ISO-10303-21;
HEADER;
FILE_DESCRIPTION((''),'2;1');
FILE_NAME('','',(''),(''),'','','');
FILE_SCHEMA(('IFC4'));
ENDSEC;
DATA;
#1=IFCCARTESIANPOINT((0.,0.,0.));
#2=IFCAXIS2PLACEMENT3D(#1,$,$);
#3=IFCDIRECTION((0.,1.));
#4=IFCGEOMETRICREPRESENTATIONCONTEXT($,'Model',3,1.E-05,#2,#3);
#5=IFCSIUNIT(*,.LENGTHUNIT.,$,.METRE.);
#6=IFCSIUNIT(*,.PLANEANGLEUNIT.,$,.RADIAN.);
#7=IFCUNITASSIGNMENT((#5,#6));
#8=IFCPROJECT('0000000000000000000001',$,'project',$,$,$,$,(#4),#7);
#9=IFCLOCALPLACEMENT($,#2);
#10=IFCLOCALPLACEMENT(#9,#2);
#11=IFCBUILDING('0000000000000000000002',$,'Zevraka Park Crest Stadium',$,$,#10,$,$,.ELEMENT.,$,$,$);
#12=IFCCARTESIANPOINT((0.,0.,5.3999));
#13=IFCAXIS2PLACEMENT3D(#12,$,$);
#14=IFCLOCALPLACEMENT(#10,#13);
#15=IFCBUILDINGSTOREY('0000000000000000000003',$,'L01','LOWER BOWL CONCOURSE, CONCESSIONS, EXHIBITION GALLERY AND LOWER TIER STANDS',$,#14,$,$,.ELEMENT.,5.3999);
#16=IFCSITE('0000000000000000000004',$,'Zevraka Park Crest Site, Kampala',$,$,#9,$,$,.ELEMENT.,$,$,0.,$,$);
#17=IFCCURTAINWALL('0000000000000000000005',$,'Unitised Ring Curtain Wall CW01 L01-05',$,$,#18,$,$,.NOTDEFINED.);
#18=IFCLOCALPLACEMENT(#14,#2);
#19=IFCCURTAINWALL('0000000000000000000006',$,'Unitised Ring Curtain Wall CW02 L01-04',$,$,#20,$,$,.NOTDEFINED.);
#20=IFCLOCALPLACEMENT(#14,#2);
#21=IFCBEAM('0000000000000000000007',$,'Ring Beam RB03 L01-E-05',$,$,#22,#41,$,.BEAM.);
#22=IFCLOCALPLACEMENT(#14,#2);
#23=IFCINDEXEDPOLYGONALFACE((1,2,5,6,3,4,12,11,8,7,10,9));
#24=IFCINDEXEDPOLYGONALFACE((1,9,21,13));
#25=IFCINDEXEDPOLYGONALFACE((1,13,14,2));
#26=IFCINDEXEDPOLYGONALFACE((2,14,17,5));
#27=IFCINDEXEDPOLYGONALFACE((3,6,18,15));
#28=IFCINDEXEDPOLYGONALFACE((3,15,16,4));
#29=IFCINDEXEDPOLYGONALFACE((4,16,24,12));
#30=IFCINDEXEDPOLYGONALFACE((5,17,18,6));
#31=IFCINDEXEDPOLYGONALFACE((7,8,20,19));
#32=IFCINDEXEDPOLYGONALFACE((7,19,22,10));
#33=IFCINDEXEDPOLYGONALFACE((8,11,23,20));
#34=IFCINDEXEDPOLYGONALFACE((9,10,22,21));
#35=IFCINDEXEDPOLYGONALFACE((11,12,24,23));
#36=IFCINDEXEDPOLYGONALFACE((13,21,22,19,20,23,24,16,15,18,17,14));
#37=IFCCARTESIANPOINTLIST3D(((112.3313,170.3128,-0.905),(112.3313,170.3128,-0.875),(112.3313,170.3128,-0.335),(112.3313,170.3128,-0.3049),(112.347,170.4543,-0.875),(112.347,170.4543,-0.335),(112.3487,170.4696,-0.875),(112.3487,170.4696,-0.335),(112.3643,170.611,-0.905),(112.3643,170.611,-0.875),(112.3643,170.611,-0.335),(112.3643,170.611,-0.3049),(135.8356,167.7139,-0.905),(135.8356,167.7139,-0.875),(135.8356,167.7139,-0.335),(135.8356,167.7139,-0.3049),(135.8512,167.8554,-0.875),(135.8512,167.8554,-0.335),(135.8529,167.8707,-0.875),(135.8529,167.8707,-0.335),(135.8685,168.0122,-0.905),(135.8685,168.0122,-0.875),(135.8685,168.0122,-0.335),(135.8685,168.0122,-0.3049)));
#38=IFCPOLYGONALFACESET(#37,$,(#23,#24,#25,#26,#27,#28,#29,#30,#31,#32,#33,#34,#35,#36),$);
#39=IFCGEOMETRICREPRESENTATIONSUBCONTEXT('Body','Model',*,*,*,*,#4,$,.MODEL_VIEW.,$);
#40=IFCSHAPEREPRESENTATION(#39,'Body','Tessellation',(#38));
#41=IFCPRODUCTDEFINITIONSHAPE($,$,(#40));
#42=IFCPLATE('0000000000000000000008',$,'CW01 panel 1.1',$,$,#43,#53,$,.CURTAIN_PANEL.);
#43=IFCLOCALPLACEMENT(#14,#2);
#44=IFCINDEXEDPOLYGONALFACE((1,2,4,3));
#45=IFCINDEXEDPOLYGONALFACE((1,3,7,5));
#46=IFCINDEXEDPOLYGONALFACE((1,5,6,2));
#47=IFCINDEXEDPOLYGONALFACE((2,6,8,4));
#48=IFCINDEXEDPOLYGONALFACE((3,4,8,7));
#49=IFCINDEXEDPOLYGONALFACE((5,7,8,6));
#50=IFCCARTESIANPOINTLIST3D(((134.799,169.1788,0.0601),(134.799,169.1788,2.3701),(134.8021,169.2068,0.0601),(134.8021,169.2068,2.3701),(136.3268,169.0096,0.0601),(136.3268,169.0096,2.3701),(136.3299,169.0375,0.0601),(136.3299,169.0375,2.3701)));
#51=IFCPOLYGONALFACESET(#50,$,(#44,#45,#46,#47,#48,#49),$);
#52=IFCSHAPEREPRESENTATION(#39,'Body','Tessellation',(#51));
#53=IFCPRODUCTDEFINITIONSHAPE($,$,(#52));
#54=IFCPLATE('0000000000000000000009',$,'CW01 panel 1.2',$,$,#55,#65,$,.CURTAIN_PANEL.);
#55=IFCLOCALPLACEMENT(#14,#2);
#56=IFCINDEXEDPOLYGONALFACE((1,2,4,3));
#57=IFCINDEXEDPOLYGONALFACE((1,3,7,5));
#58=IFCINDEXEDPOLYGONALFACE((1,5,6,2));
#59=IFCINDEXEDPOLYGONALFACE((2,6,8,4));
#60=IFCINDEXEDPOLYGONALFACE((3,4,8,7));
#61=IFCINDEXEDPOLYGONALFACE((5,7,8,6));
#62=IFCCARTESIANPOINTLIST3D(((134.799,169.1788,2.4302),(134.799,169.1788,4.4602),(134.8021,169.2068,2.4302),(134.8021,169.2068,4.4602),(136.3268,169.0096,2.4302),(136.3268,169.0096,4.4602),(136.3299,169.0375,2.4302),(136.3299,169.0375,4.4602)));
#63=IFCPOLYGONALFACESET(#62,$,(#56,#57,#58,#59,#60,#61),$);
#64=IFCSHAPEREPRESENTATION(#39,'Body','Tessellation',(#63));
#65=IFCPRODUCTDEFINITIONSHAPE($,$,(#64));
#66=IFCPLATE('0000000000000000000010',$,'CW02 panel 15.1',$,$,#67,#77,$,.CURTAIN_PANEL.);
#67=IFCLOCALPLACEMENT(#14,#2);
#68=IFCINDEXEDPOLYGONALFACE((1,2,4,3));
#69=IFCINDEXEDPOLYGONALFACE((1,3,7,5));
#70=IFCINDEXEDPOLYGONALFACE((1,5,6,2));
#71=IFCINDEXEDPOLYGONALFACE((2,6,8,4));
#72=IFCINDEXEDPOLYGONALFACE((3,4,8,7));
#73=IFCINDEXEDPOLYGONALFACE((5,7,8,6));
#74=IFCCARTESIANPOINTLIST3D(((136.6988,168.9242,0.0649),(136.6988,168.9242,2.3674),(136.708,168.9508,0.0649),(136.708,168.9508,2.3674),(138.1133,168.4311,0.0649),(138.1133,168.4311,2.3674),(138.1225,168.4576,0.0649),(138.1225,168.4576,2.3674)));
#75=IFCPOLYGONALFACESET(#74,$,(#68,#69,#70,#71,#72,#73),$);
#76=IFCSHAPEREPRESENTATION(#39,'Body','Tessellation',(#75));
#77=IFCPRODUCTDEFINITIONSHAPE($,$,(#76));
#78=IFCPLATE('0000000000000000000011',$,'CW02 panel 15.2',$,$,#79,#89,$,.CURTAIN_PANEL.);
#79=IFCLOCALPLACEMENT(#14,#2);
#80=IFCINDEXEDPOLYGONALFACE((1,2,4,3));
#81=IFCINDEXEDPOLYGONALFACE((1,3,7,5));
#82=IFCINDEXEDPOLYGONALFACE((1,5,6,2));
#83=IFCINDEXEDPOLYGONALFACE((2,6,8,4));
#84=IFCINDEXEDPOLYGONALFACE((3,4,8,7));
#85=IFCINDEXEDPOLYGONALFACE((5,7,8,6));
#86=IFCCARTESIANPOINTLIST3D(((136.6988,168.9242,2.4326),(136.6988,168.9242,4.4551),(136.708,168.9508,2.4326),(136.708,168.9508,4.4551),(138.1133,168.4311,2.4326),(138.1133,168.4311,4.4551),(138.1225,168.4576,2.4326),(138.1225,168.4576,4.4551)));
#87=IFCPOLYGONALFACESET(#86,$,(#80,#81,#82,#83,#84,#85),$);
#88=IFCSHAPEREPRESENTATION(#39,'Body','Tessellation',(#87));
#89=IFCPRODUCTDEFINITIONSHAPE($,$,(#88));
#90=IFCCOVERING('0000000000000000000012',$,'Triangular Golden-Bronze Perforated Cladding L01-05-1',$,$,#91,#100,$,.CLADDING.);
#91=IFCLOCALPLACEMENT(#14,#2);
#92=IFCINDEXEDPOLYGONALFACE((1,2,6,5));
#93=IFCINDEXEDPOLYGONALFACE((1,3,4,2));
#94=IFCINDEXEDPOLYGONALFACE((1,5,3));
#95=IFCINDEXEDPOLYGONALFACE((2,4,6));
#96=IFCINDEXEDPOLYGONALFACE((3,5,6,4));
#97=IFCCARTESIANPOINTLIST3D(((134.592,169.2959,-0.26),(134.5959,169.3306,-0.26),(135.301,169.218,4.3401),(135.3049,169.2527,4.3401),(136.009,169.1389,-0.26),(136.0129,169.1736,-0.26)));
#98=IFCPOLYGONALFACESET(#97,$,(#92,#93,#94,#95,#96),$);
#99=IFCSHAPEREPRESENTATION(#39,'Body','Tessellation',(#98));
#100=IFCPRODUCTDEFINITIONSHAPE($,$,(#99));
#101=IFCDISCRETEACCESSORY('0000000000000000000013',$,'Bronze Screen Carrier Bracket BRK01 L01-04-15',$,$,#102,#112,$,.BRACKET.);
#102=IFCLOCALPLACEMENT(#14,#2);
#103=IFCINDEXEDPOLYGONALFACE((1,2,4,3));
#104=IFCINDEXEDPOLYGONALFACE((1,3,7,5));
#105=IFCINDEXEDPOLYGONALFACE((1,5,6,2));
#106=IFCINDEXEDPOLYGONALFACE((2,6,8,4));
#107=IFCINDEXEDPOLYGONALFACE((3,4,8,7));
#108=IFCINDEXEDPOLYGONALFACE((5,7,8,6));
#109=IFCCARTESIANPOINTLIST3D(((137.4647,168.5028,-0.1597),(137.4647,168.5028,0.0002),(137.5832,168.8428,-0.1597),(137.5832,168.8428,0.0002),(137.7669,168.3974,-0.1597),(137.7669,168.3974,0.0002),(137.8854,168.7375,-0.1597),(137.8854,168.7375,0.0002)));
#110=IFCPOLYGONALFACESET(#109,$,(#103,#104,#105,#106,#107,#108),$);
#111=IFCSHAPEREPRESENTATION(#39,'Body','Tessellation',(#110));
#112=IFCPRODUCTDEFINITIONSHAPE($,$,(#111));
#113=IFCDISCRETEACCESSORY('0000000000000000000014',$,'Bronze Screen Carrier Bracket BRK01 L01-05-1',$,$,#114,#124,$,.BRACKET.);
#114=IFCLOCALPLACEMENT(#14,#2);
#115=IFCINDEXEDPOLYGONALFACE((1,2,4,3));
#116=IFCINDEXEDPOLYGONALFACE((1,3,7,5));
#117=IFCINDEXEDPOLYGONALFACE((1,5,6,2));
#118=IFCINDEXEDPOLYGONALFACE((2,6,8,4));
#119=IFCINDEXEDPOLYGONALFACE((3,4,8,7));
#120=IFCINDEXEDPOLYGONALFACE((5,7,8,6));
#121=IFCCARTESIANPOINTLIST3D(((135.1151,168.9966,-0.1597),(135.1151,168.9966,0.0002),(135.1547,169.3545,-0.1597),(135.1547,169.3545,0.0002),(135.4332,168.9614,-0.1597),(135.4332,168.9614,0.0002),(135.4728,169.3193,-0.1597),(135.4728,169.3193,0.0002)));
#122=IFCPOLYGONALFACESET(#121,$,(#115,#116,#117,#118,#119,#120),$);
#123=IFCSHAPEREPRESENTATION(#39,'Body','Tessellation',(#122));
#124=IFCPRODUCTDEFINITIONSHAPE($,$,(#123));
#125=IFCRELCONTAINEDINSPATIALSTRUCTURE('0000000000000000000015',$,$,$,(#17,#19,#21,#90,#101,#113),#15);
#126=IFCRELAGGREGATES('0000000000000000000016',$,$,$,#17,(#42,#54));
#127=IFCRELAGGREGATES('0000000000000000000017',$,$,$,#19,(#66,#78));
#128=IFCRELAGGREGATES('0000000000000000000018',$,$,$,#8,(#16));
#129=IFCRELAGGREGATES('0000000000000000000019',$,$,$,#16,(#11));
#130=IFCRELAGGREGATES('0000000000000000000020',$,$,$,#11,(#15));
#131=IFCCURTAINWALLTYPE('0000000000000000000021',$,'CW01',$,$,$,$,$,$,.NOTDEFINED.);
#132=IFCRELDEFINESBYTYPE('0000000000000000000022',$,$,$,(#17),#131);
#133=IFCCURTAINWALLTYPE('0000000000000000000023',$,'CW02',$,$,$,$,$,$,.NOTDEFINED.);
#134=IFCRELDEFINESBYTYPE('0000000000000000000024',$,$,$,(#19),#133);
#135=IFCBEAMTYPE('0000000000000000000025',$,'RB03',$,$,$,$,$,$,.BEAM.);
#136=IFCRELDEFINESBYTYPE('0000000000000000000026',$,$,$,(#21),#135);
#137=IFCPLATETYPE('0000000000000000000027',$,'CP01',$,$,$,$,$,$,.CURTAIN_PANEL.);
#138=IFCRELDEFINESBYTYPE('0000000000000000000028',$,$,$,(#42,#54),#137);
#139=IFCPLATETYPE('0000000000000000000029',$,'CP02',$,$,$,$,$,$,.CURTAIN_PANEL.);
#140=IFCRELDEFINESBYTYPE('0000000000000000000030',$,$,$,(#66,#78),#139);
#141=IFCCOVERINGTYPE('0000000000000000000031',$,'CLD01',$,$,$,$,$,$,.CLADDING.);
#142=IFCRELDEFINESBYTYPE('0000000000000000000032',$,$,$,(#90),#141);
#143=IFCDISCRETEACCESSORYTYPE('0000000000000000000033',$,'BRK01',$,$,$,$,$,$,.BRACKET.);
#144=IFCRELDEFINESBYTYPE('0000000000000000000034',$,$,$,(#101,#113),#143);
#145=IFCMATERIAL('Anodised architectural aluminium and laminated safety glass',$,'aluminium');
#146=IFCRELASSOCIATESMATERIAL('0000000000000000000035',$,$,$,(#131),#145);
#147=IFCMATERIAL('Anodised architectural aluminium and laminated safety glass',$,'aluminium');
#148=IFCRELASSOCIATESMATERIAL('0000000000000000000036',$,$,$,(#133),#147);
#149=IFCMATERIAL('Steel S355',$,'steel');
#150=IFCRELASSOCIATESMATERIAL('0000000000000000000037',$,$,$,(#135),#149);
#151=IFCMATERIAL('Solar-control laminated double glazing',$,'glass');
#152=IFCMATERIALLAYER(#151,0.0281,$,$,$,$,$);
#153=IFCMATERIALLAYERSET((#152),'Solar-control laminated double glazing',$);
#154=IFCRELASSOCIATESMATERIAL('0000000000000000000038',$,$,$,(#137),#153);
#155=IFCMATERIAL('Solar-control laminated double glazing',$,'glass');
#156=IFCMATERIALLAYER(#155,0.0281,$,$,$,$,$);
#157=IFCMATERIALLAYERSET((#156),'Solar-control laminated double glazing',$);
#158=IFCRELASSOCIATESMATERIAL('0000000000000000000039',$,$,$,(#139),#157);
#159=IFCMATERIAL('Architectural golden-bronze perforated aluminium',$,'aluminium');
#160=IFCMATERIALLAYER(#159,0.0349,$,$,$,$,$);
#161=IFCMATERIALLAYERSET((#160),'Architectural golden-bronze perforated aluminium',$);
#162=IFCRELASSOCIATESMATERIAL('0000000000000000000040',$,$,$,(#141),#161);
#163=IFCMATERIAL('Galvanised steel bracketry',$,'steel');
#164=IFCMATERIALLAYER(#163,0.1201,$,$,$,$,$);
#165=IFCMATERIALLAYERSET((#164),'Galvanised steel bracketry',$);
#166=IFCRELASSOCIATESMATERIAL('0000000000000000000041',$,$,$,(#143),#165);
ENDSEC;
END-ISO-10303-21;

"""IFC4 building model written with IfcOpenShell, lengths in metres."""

from ifc_helpers import new_model, si_unit, direction, frame, origin, origin_2d, place, context, subcontext, project, spatial, polyline, rectangle, i_section, outline, extrude, material, layer, layer_set, material_profile, profile_set, type_object, element, aggregate, save


model = new_model("IFC4")

# Units and contexts
model_context = context("Model", 3, precision=1e-05, world=origin(), true_north=direction((0.0, 1.0)))
body_context = subcontext(model_context, "Body", "Model", "MODEL_VIEW")
ifc_project = project(units=[si_unit("LENGTHUNIT", "METRE"), si_unit("PLANEANGLEUNIT", "RADIAN")], contexts=[model_context])

# Site, building, storey
site_placement = place(None, origin())
site = spatial("IfcSite", under=ifc_project, at=site_placement, Name="Zevraka Park Crest Site, Kampala", CompositionType="ELEMENT", RefElevation=0.0)
building_placement = place(site_placement, origin())
building = spatial("IfcBuilding", under=site, at=building_placement, Name="Zevraka Park Crest Stadium", CompositionType="ELEMENT")
storey_placement = place(building_placement, frame((0.0, 0.0, 5.3999)))
storey = spatial("IfcBuildingStorey", under=building, at=storey_placement, Name="L01", Description="LOWER BOWL CONCOURSE, CONCESSIONS, EXHIBITION GALLERY AND LOWER TIER STANDS", CompositionType="ELEMENT", Elevation=5.3999)

# Curtain wall
ifc_material_1 = material(Name="Anodised architectural aluminium and laminated safety glass", Category="aluminium")
curtain_wall_type_1 = type_object("IfcCurtainWallType", Name="CW01", PredefinedType="NOTDEFINED", material=ifc_material_1)
curtain_wall_1_placement = place(storey_placement, origin())
curtain_wall_1 = element("IfcCurtainWall", 1, at=curtain_wall_1_placement, inside=storey, type_object=curtain_wall_type_1, Name="Unitised Ring Curtain Wall CW01 L01-05", PredefinedType="NOTDEFINED")

# Curtain wall
ifc_material_2 = material(Name="Anodised architectural aluminium and laminated safety glass", Category="aluminium")
curtain_wall_type_2 = type_object("IfcCurtainWallType", Name="CW02", PredefinedType="NOTDEFINED", material=ifc_material_2)
curtain_wall_2_placement = place(storey_placement, origin())
curtain_wall_2 = element("IfcCurtainWall", 2, at=curtain_wall_2_placement, inside=storey, type_object=curtain_wall_type_2, Name="Unitised Ring Curtain Wall CW02 L01-04", PredefinedType="NOTDEFINED")

# Beam
ifc_material_3 = material(Name="Steel S355", Category="steel")
ifc_material_profile_1 = material_profile(ifc_material_3, i_section(OverallWidth=0.3, OverallDepth=0.6001, WebThickness=0.0154, FlangeThickness=0.03, at=origin_2d()), Name="HEB 600")
ifc_profile_set_1 = profile_set([ifc_material_profile_1], Name="Steel S355")
beam_type_1 = type_object("IfcBeamType", Name="RB03", PredefinedType="BEAM", material=ifc_profile_set_1)
beam_1_placement = place(storey_placement, frame((135.8521, 167.863, -0.605), z_axis=(-0.993943, 0.109901, 0.0), x_axis=(-0.109901, -0.993943, 0.0)))
element("IfcBeam", 3, at=beam_1_placement, inside=storey, type_object=beam_type_1, Name="Ring Beam RB03 L01-E-05", PredefinedType="BEAM", context=body_context, shape_type="SweptSolid", body=[
    extrude(i_section(OverallWidth=0.3, OverallDepth=0.6001, WebThickness=0.0154, FlangeThickness=0.03, at=origin_2d()), origin(), (0.0, 0.0, 1.0), 23.6475),
])

# Plates
ifc_material_4 = material(Name="Solar-control laminated double glazing", Category="glass")
ifc_layer_1 = layer(ifc_material_4, 0.0281)
ifc_layer_set_1 = layer_set([ifc_layer_1], Name="Solar-control laminated double glazing")
plate_type_1 = type_object("IfcPlateType", Name="CP01", PredefinedType="CURTAIN_PANEL", material=ifc_layer_set_1)
plate_1_placement = place(storey_placement, frame((135.5645, 169.1082, 0.0601), z_axis=(0.0, 0.0, 1.0), x_axis=(-0.993917, 0.110135, 0.0)))
plate_1 = element("IfcPlate", 4, at=plate_1_placement, type_object=plate_type_1, Name="CW01 panel 1.1", PredefinedType="CURTAIN_PANEL", context=body_context, shape_type="SweptSolid", body=[
    extrude(rectangle(XDim=1.5371, YDim=0.0281, at=origin_2d()), origin(), (0.0, 0.0, 1.0), 2.3101),
])
plate_2_placement = place(storey_placement, frame((135.5645, 169.1082, 2.4302), z_axis=(0.0, 0.0, 1.0), x_axis=(-0.993917, 0.110135, 0.0)))
plate_2 = element("IfcPlate", 5, at=plate_2_placement, type_object=plate_type_1, Name="CW01 panel 1.2", PredefinedType="CURTAIN_PANEL", context=body_context, shape_type="SweptSolid", body=[
    extrude(rectangle(XDim=1.5371, YDim=0.0281, at=origin_2d()), origin(), (0.0, 0.0, 1.0), 2.03),
])
aggregate(curtain_wall_1, [plate_1, plate_2])
ifc_material_5 = material(Name="Solar-control laminated double glazing", Category="glass")
ifc_layer_2 = layer(ifc_material_5, 0.0281)
ifc_layer_set_2 = layer_set([ifc_layer_2], Name="Solar-control laminated double glazing")
plate_type_2 = type_object("IfcPlateType", Name="CP02", PredefinedType="CURTAIN_PANEL", material=ifc_layer_set_2)
plate_3_placement = place(storey_placement, frame((137.4106, 168.6909, 0.0649), z_axis=(0.0, 0.0, 1.0), x_axis=(-0.944257, 0.329209, 0.0)))
plate_3 = element("IfcPlate", 6, at=plate_3_placement, type_object=plate_type_2, Name="CW02 panel 15.1", PredefinedType="CURTAIN_PANEL", context=body_context, shape_type="SweptSolid", body=[
    extrude(rectangle(XDim=1.498, YDim=0.0281, at=origin_2d()), origin(), (0.0, 0.0, 1.0), 2.3025),
])
plate_4_placement = place(storey_placement, frame((137.4106, 168.6909, 2.4326), z_axis=(0.0, 0.0, 1.0), x_axis=(-0.944257, 0.329209, 0.0)))
plate_4 = element("IfcPlate", 7, at=plate_4_placement, type_object=plate_type_2, Name="CW02 panel 15.2", PredefinedType="CURTAIN_PANEL", context=body_context, shape_type="SweptSolid", body=[
    extrude(rectangle(XDim=1.498, YDim=0.0281, at=origin_2d()), origin(), (0.0, 0.0, 1.0), 2.0225),
])
aggregate(curtain_wall_2, [plate_3, plate_4])

# Covering
ifc_material_6 = material(Name="Architectural golden-bronze perforated aluminium", Category="aluminium")
ifc_layer_3 = layer(ifc_material_6, 0.0349)
ifc_layer_set_3 = layer_set([ifc_layer_3], Name="Architectural golden-bronze perforated aluminium")
covering_type = type_object("IfcCoveringType", Name="CLD01", PredefinedType="CLADDING", material=ifc_layer_set_3)
covering_placement = place(storey_placement, frame((136.009, 169.1389, -0.26), z_axis=(-0.110112, -0.993919, 0.000144), x_axis=(-0.993919, 0.110112, 0.0)))
element("IfcCovering", 8, at=covering_placement, inside=storey, type_object=covering_type, Name="Triangular Golden-Bronze Perforated Cladding L01-05-1", PredefinedType="CLADDING", context=body_context, shape_type="SweptSolid", body=[
    extrude(outline(polyline([(0.0, 0.0), (1.4257, 0.0), (0.7124, -4.6001), (0.0, 0.0)])), origin(), (0.0, 0.0, -1.0), 0.0349),
])

# Discrete accessories
ifc_material_7 = material(Name="Galvanised steel bracketry", Category="steel")
ifc_layer_4 = layer(ifc_material_7, 0.1201)
ifc_layer_set_4 = layer_set([ifc_layer_4], Name="Galvanised steel bracketry")
discrete_accessory_type = type_object("IfcDiscreteAccessoryType", Name="BRK01", PredefinedType="BRACKET", material=ifc_layer_set_4)
for number, where, z_axis, x_axis, name in (
    (9, (137.675, 168.6201, -0.1597), (0.0, 0.0, 1.0), (-0.944262, 0.329196, 0.0), "Bronze Screen Carrier Bracket BRK01 L01-04-15"),
    (10, (135.2939, 169.158, -0.1597), (0.0, 0.0, 1.0), (-0.993923, 0.110081, 0.0), "Bronze Screen Carrier Bracket BRK01 L01-05-1"),
):
    element("IfcDiscreteAccessory", number, at=place(storey_placement, frame(where, z_axis=z_axis, x_axis=x_axis)), inside=storey, type_object=discrete_accessory_type, Name=name, PredefinedType="BRACKET", context=body_context, shape_type="SweptSolid", body=[
        extrude(rectangle(XDim=0.3201, YDim=0.3601, at=origin_2d()), origin(), (0.0, 0.0, 1.0), 0.1599),
    ])

save(model, "model.ifc")
